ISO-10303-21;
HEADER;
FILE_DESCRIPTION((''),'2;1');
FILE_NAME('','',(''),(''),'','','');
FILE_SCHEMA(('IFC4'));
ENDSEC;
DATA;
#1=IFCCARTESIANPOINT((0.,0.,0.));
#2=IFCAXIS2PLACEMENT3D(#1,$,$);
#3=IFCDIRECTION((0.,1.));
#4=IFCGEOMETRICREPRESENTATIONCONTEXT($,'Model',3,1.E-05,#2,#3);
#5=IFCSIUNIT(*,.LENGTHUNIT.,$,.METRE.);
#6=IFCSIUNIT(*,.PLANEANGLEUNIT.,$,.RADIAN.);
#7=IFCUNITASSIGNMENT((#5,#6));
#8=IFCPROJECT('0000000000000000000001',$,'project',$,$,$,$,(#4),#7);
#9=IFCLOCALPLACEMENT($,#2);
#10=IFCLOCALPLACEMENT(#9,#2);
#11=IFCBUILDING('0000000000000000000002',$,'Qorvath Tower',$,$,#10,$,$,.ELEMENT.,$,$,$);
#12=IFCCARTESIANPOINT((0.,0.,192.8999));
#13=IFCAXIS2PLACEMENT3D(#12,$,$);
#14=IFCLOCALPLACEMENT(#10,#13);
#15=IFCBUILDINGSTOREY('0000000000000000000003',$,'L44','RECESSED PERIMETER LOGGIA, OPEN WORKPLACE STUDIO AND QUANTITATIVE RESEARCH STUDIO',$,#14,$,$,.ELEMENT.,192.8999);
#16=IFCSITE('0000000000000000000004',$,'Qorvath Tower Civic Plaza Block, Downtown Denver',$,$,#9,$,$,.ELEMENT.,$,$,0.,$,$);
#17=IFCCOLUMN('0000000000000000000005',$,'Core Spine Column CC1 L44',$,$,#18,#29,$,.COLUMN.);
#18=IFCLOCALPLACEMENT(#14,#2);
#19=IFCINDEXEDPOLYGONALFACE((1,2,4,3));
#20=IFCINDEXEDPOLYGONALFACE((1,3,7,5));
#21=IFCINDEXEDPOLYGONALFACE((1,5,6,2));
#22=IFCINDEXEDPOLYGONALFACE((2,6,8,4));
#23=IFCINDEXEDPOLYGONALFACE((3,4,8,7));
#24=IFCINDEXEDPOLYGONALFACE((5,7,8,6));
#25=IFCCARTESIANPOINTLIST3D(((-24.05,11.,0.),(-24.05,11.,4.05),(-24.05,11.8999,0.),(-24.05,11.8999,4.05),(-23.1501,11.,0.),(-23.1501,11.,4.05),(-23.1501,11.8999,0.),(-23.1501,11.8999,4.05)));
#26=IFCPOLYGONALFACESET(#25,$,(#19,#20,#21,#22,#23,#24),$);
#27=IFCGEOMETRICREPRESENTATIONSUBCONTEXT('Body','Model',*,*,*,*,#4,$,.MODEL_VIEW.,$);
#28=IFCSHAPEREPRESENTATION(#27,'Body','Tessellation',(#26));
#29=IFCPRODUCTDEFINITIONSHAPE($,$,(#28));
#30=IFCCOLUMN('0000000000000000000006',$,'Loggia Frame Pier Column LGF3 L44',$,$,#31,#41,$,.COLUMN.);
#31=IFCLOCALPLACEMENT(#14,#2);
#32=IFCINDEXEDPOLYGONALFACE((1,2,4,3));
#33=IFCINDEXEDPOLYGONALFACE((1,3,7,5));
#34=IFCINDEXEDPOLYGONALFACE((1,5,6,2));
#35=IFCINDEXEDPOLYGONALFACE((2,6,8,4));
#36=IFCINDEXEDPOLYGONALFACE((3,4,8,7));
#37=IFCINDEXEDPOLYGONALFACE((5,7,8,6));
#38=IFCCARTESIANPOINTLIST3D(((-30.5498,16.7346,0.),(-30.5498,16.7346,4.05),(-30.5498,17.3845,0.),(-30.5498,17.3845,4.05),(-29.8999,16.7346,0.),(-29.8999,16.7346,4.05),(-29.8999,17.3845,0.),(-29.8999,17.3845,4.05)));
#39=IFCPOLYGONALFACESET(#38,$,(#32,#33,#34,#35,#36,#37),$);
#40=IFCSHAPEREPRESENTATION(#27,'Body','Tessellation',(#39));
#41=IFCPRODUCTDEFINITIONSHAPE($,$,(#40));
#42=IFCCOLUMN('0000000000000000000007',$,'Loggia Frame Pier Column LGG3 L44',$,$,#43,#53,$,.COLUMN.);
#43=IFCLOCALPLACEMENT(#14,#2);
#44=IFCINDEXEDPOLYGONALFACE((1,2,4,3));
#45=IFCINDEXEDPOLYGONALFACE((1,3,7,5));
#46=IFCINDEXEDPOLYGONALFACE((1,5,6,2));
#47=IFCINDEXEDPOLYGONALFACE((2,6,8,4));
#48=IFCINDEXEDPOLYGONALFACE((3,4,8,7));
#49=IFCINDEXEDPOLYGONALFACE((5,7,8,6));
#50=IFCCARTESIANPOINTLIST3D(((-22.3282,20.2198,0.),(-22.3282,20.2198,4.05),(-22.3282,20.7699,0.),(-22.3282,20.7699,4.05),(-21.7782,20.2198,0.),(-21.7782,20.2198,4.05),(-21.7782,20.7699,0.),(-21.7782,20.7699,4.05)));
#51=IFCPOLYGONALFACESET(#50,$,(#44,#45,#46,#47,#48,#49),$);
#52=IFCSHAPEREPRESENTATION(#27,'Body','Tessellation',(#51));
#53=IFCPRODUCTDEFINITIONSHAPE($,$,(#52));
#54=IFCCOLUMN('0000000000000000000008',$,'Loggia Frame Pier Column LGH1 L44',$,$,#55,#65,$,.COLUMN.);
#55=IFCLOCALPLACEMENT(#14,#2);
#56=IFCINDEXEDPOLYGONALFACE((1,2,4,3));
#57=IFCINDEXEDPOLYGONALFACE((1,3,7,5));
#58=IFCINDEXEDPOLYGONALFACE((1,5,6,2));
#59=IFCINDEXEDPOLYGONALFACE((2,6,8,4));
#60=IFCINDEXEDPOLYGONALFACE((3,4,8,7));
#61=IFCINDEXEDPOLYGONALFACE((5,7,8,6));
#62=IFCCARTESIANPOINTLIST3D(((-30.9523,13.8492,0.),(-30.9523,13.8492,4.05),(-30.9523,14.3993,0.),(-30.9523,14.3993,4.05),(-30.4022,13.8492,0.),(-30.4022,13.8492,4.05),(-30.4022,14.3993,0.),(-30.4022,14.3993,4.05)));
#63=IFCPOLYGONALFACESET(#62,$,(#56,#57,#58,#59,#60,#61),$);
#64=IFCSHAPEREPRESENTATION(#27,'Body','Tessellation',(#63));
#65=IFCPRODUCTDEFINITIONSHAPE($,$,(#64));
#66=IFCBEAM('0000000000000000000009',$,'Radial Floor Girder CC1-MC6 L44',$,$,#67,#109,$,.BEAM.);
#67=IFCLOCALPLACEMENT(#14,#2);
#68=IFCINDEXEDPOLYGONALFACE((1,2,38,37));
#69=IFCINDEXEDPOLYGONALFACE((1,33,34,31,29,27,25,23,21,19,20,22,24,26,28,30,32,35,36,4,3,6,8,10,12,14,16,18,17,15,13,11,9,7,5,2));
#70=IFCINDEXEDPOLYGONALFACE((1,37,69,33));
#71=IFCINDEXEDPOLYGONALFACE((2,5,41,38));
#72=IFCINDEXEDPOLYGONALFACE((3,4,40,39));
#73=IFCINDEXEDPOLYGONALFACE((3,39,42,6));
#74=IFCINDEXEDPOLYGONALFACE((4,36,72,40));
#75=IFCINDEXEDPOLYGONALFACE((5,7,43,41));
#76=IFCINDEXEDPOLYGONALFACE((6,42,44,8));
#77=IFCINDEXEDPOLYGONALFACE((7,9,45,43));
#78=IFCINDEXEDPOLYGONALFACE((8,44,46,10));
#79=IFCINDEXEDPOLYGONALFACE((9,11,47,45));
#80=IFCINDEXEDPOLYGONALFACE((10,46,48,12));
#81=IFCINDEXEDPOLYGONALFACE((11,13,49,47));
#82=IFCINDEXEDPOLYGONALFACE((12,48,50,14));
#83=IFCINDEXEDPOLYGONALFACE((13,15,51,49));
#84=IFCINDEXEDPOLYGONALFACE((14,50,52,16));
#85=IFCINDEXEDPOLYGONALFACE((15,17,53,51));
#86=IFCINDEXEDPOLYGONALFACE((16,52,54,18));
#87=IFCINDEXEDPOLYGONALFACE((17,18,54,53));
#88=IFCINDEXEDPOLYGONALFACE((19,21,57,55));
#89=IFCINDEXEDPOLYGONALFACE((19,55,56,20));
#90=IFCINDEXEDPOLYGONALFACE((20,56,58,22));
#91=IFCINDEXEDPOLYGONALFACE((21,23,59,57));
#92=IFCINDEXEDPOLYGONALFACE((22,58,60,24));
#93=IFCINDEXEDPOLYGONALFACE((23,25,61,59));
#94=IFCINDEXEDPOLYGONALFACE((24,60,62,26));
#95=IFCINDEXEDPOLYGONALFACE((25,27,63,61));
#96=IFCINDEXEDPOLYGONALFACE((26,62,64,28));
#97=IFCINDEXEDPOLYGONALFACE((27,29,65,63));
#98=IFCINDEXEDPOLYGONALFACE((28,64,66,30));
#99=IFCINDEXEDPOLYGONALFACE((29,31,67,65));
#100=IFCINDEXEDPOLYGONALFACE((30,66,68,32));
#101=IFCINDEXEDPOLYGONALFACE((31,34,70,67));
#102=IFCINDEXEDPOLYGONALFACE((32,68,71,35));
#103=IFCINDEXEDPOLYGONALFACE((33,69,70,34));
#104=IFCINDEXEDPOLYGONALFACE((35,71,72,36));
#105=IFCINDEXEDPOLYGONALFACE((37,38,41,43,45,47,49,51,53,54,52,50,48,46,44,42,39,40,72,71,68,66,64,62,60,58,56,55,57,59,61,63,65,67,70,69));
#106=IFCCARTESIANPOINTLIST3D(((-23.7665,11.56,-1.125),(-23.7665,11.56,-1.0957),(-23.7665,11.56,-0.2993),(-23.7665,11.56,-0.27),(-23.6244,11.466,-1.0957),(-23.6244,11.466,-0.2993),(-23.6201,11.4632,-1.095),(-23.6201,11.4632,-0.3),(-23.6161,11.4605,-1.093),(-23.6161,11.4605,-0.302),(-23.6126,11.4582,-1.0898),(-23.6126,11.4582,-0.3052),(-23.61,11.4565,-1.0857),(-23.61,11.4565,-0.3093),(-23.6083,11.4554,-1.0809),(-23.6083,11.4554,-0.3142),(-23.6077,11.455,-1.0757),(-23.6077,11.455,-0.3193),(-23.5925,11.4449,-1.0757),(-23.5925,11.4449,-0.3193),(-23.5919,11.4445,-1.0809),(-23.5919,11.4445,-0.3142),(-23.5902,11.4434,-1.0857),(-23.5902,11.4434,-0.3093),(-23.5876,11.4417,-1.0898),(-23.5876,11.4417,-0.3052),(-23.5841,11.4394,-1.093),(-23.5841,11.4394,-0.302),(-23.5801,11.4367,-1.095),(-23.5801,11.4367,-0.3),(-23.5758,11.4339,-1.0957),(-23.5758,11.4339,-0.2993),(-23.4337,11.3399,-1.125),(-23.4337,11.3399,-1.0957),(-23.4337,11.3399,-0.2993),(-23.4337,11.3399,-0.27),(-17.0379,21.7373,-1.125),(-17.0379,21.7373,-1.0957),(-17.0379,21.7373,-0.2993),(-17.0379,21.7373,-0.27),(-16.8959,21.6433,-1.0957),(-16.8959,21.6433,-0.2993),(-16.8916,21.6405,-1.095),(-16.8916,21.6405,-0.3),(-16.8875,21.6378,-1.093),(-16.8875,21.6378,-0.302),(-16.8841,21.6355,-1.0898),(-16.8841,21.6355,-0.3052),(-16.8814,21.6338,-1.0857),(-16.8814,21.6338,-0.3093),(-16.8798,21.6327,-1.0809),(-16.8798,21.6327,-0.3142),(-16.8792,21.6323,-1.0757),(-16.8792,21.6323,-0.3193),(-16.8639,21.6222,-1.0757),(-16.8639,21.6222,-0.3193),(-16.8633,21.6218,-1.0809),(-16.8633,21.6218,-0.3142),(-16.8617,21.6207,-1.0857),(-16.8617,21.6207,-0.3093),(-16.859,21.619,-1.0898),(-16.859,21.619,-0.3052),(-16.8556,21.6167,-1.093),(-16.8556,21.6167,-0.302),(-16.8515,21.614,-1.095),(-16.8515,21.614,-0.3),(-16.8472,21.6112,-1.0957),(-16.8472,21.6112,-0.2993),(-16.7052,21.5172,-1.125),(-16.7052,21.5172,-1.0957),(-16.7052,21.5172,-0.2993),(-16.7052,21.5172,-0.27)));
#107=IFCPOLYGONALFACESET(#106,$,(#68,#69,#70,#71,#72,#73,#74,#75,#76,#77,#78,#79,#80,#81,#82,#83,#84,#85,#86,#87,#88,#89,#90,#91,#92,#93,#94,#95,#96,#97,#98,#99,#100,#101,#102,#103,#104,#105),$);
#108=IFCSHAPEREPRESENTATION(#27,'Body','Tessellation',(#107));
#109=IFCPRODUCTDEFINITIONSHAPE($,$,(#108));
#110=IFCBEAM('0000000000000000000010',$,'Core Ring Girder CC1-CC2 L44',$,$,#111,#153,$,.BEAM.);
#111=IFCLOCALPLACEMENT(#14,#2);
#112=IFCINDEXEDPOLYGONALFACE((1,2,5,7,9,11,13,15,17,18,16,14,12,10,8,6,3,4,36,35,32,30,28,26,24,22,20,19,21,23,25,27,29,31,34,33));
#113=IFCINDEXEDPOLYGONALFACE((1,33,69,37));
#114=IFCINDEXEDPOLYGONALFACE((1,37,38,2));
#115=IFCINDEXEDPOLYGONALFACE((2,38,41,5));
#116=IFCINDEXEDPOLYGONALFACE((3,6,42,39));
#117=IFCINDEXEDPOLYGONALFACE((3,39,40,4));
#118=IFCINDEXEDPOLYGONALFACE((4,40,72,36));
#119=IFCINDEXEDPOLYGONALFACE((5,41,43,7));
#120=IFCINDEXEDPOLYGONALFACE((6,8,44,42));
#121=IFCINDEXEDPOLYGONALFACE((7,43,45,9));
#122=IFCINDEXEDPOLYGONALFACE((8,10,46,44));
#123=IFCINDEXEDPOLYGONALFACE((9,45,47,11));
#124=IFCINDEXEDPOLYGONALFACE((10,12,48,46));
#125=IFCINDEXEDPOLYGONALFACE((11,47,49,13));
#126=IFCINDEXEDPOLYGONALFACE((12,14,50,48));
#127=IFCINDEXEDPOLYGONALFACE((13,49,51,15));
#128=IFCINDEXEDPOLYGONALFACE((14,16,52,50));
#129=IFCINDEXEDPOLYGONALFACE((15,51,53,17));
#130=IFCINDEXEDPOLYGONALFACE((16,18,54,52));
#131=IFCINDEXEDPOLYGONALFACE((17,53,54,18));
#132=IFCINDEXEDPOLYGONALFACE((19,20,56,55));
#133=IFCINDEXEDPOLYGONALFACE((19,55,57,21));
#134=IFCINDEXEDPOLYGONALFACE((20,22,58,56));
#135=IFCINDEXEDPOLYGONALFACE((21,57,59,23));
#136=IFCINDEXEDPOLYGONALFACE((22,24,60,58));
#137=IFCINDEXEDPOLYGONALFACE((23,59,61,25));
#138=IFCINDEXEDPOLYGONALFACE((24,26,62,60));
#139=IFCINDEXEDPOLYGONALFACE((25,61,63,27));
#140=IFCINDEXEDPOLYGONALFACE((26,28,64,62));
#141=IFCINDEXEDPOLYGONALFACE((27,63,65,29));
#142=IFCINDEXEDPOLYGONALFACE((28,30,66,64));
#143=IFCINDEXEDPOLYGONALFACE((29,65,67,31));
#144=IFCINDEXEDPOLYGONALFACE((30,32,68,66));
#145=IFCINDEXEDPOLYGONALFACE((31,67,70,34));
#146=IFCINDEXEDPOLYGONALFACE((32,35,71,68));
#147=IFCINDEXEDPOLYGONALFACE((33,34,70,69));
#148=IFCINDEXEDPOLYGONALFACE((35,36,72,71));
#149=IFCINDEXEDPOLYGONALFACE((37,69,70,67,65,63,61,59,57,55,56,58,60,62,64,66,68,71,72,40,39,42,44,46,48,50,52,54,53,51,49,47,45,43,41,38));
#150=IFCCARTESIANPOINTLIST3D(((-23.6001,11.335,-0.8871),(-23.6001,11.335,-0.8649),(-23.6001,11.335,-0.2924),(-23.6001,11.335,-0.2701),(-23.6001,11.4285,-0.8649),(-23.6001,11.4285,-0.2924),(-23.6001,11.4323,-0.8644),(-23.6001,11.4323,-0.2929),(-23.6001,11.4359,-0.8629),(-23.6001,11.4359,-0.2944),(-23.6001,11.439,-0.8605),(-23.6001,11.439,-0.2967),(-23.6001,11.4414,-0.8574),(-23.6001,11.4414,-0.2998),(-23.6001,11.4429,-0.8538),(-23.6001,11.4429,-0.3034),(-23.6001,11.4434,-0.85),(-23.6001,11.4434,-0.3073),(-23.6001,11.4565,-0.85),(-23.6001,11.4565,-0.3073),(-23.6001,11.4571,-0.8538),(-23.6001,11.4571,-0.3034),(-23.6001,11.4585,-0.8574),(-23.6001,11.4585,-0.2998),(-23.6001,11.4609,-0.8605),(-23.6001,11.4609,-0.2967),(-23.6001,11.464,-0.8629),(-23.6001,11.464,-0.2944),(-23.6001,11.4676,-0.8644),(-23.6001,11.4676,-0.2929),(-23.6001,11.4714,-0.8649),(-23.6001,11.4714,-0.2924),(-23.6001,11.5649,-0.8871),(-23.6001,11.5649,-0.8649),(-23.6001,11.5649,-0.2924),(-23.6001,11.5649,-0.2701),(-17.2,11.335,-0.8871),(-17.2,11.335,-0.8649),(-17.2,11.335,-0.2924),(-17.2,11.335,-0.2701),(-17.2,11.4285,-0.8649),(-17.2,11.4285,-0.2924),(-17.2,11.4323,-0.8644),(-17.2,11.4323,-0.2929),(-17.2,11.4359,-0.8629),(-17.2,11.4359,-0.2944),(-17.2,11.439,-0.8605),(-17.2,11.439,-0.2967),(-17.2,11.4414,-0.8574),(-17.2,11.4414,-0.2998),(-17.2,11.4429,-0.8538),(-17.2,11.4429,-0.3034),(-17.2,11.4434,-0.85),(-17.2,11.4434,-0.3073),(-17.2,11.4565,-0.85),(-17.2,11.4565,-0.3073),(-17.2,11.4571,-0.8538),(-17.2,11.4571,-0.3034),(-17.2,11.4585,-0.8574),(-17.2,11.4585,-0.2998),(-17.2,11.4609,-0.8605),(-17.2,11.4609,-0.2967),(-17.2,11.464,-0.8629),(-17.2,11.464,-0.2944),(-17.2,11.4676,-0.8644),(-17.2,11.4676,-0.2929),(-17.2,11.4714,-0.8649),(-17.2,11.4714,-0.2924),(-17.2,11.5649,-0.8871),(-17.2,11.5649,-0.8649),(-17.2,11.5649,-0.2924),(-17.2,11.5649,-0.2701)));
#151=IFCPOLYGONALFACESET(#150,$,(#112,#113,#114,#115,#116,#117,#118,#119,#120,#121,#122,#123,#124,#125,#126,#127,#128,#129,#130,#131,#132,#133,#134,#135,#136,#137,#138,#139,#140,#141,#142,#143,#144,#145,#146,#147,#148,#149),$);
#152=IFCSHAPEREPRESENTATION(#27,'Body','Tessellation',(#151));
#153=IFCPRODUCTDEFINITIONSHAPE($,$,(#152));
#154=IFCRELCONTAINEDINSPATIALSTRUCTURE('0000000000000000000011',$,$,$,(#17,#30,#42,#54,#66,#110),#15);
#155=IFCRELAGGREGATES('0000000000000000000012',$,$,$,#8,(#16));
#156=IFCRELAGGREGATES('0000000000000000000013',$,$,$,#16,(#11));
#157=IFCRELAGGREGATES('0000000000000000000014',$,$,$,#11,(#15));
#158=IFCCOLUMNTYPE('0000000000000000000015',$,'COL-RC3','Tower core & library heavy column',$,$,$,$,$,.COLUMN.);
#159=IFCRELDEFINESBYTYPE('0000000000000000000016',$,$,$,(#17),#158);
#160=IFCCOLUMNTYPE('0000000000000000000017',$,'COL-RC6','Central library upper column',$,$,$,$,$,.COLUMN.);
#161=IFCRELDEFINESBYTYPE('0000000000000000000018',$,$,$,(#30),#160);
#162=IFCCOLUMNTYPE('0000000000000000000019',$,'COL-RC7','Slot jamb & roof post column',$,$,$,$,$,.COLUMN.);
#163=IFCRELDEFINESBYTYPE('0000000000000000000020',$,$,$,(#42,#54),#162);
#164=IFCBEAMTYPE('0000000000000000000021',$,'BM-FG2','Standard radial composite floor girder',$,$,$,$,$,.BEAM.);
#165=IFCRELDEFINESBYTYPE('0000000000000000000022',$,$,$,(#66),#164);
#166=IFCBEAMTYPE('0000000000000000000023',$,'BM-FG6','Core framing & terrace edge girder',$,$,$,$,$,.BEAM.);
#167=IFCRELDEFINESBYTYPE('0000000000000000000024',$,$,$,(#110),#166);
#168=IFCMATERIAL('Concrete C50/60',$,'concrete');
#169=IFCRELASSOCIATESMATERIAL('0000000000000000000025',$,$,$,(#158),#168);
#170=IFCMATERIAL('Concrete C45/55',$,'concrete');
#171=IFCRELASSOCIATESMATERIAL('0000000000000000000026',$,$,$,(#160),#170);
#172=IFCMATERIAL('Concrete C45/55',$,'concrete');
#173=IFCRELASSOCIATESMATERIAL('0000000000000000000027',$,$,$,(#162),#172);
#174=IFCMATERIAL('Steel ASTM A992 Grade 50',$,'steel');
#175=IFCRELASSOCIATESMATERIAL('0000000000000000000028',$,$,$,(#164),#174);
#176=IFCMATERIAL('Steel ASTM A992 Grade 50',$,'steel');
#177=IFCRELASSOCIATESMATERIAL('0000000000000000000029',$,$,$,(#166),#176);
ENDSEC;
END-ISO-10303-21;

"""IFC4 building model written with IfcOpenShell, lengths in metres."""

from ifc_helpers import new_model, si_unit, direction, frame, origin, origin_2d, place, context, subcontext, project, spatial, rectangle, i_section, extrude, material, material_profile, profile_set, type_object, element, save


model = new_model("IFC4")

# Units and contexts
model_context = context("Model", 3, precision=1e-05, world=origin(), true_north=direction((0.0, 1.0)))
body_context = subcontext(model_context, "Body", "Model", "MODEL_VIEW")
ifc_project = project(units=[si_unit("LENGTHUNIT", "METRE"), si_unit("PLANEANGLEUNIT", "RADIAN")], contexts=[model_context])

# Site, building, storey
site_placement = place(None, origin())
site = spatial("IfcSite", under=ifc_project, at=site_placement, Name="Qorvath Tower Civic Plaza Block, Downtown Denver", CompositionType="ELEMENT", RefElevation=0.0)
building_placement = place(site_placement, origin())
building = spatial("IfcBuilding", under=site, at=building_placement, Name="Qorvath Tower", CompositionType="ELEMENT")
storey_placement = place(building_placement, frame((0.0, 0.0, 192.8999)))
storey = spatial("IfcBuildingStorey", under=building, at=storey_placement, Name="L44", Description="RECESSED PERIMETER LOGGIA, OPEN WORKPLACE STUDIO AND QUANTITATIVE RESEARCH STUDIO", CompositionType="ELEMENT", Elevation=192.8999)

# Columns
ifc_material_1 = material(Name="Concrete C50/60", Category="concrete")
ifc_material_profile_1 = material_profile(ifc_material_1, rectangle(XDim=0.8999, YDim=0.8999, at=origin_2d()), Name="RC 900x900")
ifc_profile_set_1 = profile_set([ifc_material_profile_1], Name="Concrete C50/60")
column_type_1 = type_object("IfcColumnType", Name="COL-RC3", Description="Tower core & library heavy column", PredefinedType="COLUMN", material=ifc_profile_set_1)
column_1_placement = place(storey_placement, frame((-23.6001, 11.45, 0.0), z_axis=(0.0, 0.0, 1.0), x_axis=(1.0, 0.0, 0.0)))
element("IfcColumn", 1, at=column_1_placement, inside=storey, type_object=column_type_1, Name="Core Spine Column CC1 L44", PredefinedType="COLUMN", context=body_context, shape_type="SweptSolid", body=[
    extrude(rectangle(XDim=0.8999, YDim=0.8999, at=origin_2d()), origin(), (0.0, 0.0, 1.0), 4.05),
])
ifc_material_2 = material(Name="Concrete C45/55", Category="concrete")
ifc_material_profile_2 = material_profile(ifc_material_2, rectangle(XDim=0.6499, YDim=0.6499, at=origin_2d()), Name="RC 650x650")
ifc_profile_set_2 = profile_set([ifc_material_profile_2], Name="Concrete C45/55")
column_type_2 = type_object("IfcColumnType", Name="COL-RC6", Description="Central library upper column", PredefinedType="COLUMN", material=ifc_profile_set_2)
column_2_placement = place(storey_placement, frame((-30.2249, 17.0596, 0.0), z_axis=(0.0, 0.0, 1.0), x_axis=(1.0, 0.0, 0.0)))
element("IfcColumn", 2, at=column_2_placement, inside=storey, type_object=column_type_2, Name="Loggia Frame Pier Column LGF3 L44", PredefinedType="COLUMN", context=body_context, shape_type="SweptSolid", body=[
    extrude(rectangle(XDim=0.6499, YDim=0.6499, at=origin_2d()), origin(), (0.0, 0.0, 1.0), 4.05),
])
ifc_material_3 = material(Name="Concrete C45/55", Category="concrete")
ifc_material_profile_3 = material_profile(ifc_material_3, rectangle(XDim=0.55, YDim=0.55, at=origin_2d()), Name="RC 550x550")
ifc_profile_set_3 = profile_set([ifc_material_profile_3], Name="Concrete C45/55")
column_type_3 = type_object("IfcColumnType", Name="COL-RC7", Description="Slot jamb & roof post column", PredefinedType="COLUMN", material=ifc_profile_set_3)
for number, where, z_axis, x_axis, name in (
    (3, (-22.0532, 20.4949, 0.0), (0.0, 0.0, 1.0), (1.0, 0.0, 0.0), "Loggia Frame Pier Column LGG3 L44"),
    (4, (-30.6772, 14.1243, 0.0), (0.0, 0.0, 1.0), (1.0, 0.0, 0.0), "Loggia Frame Pier Column LGH1 L44"),
):
    element("IfcColumn", number, at=place(storey_placement, frame(where, z_axis=z_axis, x_axis=x_axis)), inside=storey, type_object=column_type_3, Name=name, PredefinedType="COLUMN", context=body_context, shape_type="SweptSolid", body=[
        extrude(rectangle(XDim=0.55, YDim=0.55, at=origin_2d()), origin(), (0.0, 0.0, 1.0), 4.05),
    ])

# Beams
ifc_material_4 = material(Name="Steel ASTM A992 Grade 50", Category="steel")
ifc_material_profile_4 = material_profile(ifc_material_4, i_section(OverallWidth=0.3989, OverallDepth=0.855, WebThickness=0.0183, FlangeThickness=0.0293, FilletRadius=0.02, at=origin_2d()), Name="W33x201")
ifc_profile_set_4 = profile_set([ifc_material_profile_4], Name="Steel ASTM A992 Grade 50")
beam_type_1 = type_object("IfcBeamType", Name="BM-FG2", Description="Standard radial composite floor girder", PredefinedType="BEAM", material=ifc_profile_set_4)
beam_1_placement = place(storey_placement, frame((-23.6001, 11.45, -0.6975), z_axis=(0.551501, 0.834175, 0.0), x_axis=(-0.834175, 0.551501, 0.0)))
element("IfcBeam", 5, at=beam_1_placement, inside=storey, type_object=beam_type_1, Name="Radial Floor Girder CC1-MC6 L44", PredefinedType="BEAM", context=body_context, shape_type="SweptSolid", body=[
    extrude(i_section(OverallWidth=0.3989, OverallDepth=0.855, WebThickness=0.0183, FlangeThickness=0.0293, FilletRadius=0.02, at=origin_2d()), origin(), (0.0, 0.0, 1.0), 12.2004),
])
ifc_material_5 = material(Name="Steel ASTM A992 Grade 50", Category="steel")
ifc_material_profile_5 = material_profile(ifc_material_5, i_section(OverallWidth=0.23, OverallDepth=0.6169, WebThickness=0.0132, FlangeThickness=0.0222, FilletRadius=0.0149, at=origin_2d()), Name="W24x94")
ifc_profile_set_5 = profile_set([ifc_material_profile_5], Name="Steel ASTM A992 Grade 50")
beam_type_2 = type_object("IfcBeamType", Name="BM-FG6", Description="Core framing & terrace edge girder", PredefinedType="BEAM", material=ifc_profile_set_5)
beam_2_placement = place(storey_placement, frame((-23.6001, 11.45, -0.5786), z_axis=(1.0, 0.0, 0.0), x_axis=(0.0, 1.0, 0.0)))
element("IfcBeam", 6, at=beam_2_placement, inside=storey, type_object=beam_type_2, Name="Core Ring Girder CC1-CC2 L44", PredefinedType="BEAM", context=body_context, shape_type="SweptSolid", body=[
    extrude(i_section(OverallWidth=0.23, OverallDepth=0.6169, WebThickness=0.0132, FlangeThickness=0.0222, FilletRadius=0.0149, at=origin_2d()), origin(), (0.0, 0.0, 1.0), 6.4001),
])

save(model, "model.ifc")
